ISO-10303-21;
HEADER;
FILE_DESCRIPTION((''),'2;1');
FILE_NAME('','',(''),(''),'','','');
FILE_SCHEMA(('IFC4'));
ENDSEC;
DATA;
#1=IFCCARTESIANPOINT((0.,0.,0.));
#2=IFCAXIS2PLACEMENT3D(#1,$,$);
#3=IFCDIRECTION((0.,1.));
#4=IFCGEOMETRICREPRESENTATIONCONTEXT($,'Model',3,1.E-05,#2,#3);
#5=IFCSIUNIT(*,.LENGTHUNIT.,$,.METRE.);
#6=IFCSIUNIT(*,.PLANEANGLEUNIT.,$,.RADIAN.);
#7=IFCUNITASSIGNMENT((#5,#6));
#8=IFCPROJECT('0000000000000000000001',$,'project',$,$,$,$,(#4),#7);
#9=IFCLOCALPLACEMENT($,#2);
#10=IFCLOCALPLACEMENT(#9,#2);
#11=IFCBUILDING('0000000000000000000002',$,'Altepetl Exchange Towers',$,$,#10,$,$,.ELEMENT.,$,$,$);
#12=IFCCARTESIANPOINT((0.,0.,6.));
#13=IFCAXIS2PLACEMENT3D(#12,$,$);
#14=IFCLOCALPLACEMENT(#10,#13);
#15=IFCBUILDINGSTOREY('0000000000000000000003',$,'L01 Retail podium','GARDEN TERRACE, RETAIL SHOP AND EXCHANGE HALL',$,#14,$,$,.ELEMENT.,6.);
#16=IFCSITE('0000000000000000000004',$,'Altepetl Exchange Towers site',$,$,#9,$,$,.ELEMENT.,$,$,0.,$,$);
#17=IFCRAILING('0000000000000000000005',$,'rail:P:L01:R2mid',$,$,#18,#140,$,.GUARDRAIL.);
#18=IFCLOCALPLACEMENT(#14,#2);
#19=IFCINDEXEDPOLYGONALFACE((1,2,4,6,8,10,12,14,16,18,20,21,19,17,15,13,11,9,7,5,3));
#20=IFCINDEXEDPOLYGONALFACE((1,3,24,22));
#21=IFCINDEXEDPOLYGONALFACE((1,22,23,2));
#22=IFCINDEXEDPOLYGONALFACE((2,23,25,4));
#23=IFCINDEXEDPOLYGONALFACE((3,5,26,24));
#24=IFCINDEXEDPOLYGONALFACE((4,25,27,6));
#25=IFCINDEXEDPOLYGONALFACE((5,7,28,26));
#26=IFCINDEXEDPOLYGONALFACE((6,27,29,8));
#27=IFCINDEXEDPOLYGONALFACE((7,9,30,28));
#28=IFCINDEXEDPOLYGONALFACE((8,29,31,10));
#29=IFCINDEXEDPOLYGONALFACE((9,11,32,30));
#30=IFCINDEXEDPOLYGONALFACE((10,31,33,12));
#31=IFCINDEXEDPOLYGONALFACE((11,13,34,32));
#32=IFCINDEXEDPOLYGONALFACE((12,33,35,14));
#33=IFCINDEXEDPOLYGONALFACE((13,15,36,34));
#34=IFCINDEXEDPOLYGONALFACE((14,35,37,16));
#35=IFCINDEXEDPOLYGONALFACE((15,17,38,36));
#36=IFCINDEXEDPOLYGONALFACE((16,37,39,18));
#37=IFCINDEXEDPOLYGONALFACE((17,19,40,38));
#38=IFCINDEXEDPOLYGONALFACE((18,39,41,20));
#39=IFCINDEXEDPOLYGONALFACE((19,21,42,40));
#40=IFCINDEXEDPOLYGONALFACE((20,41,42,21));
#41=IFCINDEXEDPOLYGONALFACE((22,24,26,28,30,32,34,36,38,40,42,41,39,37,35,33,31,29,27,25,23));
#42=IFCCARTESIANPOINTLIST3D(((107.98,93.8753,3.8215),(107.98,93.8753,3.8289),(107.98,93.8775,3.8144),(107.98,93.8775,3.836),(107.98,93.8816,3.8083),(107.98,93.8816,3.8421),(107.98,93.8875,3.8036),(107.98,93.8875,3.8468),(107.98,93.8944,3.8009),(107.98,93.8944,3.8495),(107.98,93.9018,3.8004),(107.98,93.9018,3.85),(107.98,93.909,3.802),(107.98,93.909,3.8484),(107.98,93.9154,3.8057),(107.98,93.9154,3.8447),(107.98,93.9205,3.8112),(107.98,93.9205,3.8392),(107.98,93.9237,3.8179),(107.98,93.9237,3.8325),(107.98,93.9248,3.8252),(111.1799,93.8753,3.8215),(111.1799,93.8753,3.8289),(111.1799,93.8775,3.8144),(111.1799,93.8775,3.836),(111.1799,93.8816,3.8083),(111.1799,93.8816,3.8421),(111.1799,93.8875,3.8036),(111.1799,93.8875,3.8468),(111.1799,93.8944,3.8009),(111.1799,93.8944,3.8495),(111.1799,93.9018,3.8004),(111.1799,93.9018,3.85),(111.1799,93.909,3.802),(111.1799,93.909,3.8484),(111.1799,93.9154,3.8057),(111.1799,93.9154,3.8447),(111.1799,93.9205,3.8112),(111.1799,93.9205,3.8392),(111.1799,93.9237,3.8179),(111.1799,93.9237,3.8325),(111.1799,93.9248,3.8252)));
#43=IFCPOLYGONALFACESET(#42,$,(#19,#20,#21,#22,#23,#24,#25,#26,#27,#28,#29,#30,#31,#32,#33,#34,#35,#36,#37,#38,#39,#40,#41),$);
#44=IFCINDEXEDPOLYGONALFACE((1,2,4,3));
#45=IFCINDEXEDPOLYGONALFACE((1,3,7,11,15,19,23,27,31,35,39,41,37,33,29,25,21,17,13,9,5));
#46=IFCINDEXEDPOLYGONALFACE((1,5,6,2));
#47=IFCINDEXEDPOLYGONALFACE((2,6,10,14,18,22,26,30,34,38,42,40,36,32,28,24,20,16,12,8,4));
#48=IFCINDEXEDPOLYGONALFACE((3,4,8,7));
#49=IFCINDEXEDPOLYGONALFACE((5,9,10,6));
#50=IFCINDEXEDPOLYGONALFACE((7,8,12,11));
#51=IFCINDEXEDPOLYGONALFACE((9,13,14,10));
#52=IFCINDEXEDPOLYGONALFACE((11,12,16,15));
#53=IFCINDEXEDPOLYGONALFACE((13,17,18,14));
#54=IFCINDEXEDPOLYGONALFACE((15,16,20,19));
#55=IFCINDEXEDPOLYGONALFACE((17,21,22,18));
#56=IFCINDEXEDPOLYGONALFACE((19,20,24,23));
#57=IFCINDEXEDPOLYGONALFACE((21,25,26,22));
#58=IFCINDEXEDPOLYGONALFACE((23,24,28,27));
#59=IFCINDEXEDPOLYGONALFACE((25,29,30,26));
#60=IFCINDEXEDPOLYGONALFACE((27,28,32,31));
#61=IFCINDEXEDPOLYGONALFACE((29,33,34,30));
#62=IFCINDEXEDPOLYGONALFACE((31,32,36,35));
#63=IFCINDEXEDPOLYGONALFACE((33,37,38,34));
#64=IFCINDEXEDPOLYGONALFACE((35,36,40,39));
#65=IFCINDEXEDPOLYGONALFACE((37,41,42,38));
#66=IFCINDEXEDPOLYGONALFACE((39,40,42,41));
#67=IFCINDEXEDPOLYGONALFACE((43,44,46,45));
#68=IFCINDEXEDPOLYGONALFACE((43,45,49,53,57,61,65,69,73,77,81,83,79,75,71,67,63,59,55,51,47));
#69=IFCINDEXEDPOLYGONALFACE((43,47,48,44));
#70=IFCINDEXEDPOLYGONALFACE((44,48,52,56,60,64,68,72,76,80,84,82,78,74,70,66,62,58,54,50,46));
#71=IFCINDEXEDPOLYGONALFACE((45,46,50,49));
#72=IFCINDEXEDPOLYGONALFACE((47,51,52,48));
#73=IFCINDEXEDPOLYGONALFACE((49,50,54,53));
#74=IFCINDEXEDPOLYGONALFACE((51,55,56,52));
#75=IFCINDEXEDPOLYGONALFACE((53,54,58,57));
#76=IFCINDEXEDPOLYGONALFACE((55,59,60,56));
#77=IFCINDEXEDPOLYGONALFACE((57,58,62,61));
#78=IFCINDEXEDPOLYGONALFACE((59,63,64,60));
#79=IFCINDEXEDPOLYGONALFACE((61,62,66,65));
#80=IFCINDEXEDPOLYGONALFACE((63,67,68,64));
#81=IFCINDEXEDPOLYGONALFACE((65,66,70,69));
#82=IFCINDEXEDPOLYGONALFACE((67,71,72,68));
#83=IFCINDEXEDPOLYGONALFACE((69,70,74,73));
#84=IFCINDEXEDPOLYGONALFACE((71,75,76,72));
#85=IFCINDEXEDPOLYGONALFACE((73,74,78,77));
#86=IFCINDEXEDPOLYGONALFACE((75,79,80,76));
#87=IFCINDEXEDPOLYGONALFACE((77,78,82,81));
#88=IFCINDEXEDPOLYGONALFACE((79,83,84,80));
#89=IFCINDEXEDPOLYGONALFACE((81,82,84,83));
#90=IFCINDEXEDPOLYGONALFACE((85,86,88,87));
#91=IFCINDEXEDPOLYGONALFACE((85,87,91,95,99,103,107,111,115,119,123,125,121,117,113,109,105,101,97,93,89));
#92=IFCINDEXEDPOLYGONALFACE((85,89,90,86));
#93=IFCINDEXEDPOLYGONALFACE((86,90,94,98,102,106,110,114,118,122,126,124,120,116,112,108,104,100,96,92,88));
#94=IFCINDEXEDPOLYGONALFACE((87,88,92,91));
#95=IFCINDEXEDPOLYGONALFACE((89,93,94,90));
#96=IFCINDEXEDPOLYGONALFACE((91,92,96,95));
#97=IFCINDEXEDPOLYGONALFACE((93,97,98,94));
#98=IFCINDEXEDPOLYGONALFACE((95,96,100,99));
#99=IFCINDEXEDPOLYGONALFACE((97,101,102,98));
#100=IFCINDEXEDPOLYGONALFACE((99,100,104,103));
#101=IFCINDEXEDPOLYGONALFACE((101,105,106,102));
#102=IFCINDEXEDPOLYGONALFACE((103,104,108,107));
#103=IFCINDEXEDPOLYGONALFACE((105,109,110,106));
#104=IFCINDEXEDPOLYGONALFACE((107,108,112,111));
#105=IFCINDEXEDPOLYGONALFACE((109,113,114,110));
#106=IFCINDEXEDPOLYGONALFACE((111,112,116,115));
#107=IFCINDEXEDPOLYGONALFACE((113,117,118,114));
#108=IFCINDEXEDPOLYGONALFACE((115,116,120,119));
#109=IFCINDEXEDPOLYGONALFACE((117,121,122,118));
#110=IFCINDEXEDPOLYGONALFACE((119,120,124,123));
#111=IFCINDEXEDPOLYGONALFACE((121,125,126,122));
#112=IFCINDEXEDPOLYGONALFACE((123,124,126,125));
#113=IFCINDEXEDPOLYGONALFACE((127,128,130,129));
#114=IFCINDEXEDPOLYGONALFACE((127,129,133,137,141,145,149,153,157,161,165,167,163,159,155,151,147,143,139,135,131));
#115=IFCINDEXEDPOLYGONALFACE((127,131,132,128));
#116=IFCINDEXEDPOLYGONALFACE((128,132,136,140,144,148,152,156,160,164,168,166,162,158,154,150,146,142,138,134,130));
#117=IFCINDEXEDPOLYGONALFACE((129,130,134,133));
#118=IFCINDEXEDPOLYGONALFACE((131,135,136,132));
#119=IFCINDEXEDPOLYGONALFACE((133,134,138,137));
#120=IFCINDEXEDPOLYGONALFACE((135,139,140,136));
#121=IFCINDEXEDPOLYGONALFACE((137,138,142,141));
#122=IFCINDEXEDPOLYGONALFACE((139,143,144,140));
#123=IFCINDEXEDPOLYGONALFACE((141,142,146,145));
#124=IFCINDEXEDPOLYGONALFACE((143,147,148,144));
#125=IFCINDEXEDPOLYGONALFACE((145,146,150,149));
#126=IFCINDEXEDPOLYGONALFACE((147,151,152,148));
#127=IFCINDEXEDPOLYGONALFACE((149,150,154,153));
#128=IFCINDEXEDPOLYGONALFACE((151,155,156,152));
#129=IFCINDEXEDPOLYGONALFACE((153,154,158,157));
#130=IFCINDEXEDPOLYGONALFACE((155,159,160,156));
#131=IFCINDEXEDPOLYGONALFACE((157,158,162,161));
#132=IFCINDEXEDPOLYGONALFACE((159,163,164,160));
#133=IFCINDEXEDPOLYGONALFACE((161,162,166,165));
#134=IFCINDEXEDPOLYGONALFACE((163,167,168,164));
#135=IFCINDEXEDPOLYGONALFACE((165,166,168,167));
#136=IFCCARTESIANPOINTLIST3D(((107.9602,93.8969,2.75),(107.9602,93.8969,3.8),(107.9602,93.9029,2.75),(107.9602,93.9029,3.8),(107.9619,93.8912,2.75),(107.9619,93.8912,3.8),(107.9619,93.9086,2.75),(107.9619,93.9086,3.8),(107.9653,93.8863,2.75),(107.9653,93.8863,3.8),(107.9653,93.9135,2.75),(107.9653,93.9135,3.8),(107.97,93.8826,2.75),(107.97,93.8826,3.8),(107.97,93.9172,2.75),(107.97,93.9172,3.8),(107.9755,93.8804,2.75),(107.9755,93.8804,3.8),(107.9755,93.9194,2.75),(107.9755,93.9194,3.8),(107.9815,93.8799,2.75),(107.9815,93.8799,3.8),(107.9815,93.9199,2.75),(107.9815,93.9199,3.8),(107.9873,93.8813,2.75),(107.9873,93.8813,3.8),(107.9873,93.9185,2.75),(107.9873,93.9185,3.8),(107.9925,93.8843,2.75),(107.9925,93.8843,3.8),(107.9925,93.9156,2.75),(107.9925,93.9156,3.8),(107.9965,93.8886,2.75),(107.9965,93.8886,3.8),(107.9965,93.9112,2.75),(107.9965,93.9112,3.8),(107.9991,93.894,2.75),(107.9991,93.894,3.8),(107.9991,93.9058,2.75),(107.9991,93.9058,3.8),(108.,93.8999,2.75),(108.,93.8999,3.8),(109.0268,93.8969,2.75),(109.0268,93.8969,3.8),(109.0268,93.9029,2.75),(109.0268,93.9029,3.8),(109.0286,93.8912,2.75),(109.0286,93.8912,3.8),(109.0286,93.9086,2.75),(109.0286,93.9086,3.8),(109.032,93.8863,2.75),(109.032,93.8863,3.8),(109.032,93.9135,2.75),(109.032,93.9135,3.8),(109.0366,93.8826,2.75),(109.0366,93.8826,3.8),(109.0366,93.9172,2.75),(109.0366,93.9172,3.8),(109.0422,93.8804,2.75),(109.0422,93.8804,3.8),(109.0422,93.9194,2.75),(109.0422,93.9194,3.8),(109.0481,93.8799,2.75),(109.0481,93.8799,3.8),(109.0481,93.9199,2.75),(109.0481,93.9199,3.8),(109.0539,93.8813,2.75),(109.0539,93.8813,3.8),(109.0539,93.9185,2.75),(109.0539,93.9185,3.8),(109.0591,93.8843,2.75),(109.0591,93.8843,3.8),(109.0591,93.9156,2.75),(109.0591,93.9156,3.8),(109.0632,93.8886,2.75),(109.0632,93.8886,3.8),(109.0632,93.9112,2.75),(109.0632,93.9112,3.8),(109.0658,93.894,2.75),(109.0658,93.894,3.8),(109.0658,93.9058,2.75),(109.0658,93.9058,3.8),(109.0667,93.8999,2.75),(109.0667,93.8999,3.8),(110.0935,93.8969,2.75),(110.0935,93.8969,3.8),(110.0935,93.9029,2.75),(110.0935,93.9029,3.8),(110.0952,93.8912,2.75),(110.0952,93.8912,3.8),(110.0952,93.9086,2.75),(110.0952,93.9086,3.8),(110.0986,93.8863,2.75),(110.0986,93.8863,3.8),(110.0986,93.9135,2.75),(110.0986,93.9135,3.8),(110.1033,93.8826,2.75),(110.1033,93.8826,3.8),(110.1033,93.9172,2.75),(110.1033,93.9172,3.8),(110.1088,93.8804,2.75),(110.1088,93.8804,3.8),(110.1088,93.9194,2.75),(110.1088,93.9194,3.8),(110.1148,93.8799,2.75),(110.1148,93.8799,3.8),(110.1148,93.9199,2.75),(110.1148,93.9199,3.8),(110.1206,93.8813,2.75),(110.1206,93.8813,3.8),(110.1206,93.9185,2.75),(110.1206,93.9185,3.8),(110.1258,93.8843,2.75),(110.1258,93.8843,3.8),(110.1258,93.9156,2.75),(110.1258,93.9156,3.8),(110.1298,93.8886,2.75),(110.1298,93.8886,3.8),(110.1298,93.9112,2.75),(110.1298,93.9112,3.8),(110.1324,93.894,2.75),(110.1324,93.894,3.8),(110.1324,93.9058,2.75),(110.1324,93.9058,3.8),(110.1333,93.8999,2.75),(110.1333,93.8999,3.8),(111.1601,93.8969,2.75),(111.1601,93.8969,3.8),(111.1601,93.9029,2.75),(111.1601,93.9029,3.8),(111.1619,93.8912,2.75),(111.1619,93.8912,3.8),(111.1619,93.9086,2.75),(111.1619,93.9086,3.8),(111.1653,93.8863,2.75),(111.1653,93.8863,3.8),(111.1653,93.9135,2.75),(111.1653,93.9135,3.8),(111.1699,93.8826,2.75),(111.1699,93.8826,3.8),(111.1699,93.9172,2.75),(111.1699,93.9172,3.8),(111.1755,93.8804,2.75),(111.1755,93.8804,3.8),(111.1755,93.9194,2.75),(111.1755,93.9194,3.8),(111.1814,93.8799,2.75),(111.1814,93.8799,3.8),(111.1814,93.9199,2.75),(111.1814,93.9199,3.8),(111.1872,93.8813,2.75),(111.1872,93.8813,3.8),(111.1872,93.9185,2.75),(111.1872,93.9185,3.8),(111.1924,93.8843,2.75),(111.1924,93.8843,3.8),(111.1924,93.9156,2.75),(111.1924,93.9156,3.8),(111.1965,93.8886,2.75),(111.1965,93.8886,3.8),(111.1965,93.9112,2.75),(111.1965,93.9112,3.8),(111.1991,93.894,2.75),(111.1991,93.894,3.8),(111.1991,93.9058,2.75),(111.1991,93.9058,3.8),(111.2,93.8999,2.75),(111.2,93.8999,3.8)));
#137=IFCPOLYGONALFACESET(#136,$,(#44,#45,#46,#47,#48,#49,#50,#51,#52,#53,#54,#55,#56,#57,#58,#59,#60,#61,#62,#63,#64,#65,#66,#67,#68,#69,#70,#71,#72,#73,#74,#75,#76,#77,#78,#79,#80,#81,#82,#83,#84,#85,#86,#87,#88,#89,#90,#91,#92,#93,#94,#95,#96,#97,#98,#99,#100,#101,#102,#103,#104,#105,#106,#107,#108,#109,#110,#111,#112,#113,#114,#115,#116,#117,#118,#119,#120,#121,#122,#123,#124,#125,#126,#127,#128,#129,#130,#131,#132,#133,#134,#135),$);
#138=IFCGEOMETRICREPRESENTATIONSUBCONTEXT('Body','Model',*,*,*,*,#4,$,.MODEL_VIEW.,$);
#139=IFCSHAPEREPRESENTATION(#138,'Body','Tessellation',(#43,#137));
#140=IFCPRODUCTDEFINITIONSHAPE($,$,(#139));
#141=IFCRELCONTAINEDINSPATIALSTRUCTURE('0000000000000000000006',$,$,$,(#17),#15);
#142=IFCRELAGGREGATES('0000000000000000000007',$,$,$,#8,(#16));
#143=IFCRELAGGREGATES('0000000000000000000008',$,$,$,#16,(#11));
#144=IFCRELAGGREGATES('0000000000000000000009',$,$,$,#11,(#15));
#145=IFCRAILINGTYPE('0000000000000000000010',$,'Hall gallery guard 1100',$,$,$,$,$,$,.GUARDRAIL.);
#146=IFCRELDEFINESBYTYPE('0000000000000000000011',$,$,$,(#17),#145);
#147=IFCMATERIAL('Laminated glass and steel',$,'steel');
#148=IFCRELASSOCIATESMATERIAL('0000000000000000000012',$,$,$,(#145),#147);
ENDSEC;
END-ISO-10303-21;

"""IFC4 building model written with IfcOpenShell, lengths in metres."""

from ifc_helpers import new_model, si_unit, direction, frame, origin, origin_2d, place, context, subcontext, project, spatial, circle, extrude, source, transform, mapped, material, type_object, element, save


model = new_model("IFC4")

# Units and contexts
model_context = context("Model", 3, precision=1e-05, world=origin(), true_north=direction((0.0, 1.0)))
body_context = subcontext(model_context, "Body", "Model", "MODEL_VIEW")
ifc_project = project(units=[si_unit("LENGTHUNIT", "METRE"), si_unit("PLANEANGLEUNIT", "RADIAN")], contexts=[model_context])

# Site, building, storey
site_placement = place(None, origin())
site = spatial("IfcSite", under=ifc_project, at=site_placement, Name="Altepetl Exchange Towers site", CompositionType="ELEMENT", RefElevation=0.0)
building_placement = place(site_placement, origin())
building = spatial("IfcBuilding", under=site, at=building_placement, Name="Altepetl Exchange Towers", CompositionType="ELEMENT")
storey_placement = place(building_placement, frame((0.0, 0.0, 6.0)))
storey = spatial("IfcBuildingStorey", under=building, at=storey_placement, Name="L01 Retail podium", Description="GARDEN TERRACE, RETAIL SHOP AND EXCHANGE HALL", CompositionType="ELEMENT", Elevation=6.0)

# Railing
ifc_material_1 = material(Name="Laminated glass and steel", Category="steel")
railing_type_1 = type_object("IfcRailingType", Name="Hall gallery guard 1100", PredefinedType="GUARDRAIL", material=ifc_material_1)
shared_shape_1 = source(origin(), body_context, "Body", "SweptSolid", [
    extrude(circle(Radius=0.02, at=origin_2d()), origin(), (0.0, 0.0, 1.0), 1.05),
])
for number, where, name in (
    (1, (107.98, 93.8999, 2.75), "rail:P:L01:R2mid"),
):
    element("IfcRailing", number, at=place(storey_placement, frame(where)), inside=storey, type_object=railing_type_1, Name=name, PredefinedType="GUARDRAIL", context=body_context, shape_type="SweptSolid", body=[
        extrude(circle(Radius=0.0249, at=origin_2d()), frame((0.0, 0.0, 1.0752), z_axis=(1.0, 0.0, 0.0), x_axis=(0.0, 1.0, 0.0)), (0.0, 0.0, 1.0), 3.2),
        mapped(shared_shape_1, transform((0.0, 0.0, 0.0))),
        mapped(shared_shape_1, transform((1.0667, 0.0, 0.0))),
        mapped(shared_shape_1, transform((2.1333, 0.0, 0.0))),
        mapped(shared_shape_1, transform((3.2, 0.0, 0.0))),
    ])

save(model, "model.ifc")
